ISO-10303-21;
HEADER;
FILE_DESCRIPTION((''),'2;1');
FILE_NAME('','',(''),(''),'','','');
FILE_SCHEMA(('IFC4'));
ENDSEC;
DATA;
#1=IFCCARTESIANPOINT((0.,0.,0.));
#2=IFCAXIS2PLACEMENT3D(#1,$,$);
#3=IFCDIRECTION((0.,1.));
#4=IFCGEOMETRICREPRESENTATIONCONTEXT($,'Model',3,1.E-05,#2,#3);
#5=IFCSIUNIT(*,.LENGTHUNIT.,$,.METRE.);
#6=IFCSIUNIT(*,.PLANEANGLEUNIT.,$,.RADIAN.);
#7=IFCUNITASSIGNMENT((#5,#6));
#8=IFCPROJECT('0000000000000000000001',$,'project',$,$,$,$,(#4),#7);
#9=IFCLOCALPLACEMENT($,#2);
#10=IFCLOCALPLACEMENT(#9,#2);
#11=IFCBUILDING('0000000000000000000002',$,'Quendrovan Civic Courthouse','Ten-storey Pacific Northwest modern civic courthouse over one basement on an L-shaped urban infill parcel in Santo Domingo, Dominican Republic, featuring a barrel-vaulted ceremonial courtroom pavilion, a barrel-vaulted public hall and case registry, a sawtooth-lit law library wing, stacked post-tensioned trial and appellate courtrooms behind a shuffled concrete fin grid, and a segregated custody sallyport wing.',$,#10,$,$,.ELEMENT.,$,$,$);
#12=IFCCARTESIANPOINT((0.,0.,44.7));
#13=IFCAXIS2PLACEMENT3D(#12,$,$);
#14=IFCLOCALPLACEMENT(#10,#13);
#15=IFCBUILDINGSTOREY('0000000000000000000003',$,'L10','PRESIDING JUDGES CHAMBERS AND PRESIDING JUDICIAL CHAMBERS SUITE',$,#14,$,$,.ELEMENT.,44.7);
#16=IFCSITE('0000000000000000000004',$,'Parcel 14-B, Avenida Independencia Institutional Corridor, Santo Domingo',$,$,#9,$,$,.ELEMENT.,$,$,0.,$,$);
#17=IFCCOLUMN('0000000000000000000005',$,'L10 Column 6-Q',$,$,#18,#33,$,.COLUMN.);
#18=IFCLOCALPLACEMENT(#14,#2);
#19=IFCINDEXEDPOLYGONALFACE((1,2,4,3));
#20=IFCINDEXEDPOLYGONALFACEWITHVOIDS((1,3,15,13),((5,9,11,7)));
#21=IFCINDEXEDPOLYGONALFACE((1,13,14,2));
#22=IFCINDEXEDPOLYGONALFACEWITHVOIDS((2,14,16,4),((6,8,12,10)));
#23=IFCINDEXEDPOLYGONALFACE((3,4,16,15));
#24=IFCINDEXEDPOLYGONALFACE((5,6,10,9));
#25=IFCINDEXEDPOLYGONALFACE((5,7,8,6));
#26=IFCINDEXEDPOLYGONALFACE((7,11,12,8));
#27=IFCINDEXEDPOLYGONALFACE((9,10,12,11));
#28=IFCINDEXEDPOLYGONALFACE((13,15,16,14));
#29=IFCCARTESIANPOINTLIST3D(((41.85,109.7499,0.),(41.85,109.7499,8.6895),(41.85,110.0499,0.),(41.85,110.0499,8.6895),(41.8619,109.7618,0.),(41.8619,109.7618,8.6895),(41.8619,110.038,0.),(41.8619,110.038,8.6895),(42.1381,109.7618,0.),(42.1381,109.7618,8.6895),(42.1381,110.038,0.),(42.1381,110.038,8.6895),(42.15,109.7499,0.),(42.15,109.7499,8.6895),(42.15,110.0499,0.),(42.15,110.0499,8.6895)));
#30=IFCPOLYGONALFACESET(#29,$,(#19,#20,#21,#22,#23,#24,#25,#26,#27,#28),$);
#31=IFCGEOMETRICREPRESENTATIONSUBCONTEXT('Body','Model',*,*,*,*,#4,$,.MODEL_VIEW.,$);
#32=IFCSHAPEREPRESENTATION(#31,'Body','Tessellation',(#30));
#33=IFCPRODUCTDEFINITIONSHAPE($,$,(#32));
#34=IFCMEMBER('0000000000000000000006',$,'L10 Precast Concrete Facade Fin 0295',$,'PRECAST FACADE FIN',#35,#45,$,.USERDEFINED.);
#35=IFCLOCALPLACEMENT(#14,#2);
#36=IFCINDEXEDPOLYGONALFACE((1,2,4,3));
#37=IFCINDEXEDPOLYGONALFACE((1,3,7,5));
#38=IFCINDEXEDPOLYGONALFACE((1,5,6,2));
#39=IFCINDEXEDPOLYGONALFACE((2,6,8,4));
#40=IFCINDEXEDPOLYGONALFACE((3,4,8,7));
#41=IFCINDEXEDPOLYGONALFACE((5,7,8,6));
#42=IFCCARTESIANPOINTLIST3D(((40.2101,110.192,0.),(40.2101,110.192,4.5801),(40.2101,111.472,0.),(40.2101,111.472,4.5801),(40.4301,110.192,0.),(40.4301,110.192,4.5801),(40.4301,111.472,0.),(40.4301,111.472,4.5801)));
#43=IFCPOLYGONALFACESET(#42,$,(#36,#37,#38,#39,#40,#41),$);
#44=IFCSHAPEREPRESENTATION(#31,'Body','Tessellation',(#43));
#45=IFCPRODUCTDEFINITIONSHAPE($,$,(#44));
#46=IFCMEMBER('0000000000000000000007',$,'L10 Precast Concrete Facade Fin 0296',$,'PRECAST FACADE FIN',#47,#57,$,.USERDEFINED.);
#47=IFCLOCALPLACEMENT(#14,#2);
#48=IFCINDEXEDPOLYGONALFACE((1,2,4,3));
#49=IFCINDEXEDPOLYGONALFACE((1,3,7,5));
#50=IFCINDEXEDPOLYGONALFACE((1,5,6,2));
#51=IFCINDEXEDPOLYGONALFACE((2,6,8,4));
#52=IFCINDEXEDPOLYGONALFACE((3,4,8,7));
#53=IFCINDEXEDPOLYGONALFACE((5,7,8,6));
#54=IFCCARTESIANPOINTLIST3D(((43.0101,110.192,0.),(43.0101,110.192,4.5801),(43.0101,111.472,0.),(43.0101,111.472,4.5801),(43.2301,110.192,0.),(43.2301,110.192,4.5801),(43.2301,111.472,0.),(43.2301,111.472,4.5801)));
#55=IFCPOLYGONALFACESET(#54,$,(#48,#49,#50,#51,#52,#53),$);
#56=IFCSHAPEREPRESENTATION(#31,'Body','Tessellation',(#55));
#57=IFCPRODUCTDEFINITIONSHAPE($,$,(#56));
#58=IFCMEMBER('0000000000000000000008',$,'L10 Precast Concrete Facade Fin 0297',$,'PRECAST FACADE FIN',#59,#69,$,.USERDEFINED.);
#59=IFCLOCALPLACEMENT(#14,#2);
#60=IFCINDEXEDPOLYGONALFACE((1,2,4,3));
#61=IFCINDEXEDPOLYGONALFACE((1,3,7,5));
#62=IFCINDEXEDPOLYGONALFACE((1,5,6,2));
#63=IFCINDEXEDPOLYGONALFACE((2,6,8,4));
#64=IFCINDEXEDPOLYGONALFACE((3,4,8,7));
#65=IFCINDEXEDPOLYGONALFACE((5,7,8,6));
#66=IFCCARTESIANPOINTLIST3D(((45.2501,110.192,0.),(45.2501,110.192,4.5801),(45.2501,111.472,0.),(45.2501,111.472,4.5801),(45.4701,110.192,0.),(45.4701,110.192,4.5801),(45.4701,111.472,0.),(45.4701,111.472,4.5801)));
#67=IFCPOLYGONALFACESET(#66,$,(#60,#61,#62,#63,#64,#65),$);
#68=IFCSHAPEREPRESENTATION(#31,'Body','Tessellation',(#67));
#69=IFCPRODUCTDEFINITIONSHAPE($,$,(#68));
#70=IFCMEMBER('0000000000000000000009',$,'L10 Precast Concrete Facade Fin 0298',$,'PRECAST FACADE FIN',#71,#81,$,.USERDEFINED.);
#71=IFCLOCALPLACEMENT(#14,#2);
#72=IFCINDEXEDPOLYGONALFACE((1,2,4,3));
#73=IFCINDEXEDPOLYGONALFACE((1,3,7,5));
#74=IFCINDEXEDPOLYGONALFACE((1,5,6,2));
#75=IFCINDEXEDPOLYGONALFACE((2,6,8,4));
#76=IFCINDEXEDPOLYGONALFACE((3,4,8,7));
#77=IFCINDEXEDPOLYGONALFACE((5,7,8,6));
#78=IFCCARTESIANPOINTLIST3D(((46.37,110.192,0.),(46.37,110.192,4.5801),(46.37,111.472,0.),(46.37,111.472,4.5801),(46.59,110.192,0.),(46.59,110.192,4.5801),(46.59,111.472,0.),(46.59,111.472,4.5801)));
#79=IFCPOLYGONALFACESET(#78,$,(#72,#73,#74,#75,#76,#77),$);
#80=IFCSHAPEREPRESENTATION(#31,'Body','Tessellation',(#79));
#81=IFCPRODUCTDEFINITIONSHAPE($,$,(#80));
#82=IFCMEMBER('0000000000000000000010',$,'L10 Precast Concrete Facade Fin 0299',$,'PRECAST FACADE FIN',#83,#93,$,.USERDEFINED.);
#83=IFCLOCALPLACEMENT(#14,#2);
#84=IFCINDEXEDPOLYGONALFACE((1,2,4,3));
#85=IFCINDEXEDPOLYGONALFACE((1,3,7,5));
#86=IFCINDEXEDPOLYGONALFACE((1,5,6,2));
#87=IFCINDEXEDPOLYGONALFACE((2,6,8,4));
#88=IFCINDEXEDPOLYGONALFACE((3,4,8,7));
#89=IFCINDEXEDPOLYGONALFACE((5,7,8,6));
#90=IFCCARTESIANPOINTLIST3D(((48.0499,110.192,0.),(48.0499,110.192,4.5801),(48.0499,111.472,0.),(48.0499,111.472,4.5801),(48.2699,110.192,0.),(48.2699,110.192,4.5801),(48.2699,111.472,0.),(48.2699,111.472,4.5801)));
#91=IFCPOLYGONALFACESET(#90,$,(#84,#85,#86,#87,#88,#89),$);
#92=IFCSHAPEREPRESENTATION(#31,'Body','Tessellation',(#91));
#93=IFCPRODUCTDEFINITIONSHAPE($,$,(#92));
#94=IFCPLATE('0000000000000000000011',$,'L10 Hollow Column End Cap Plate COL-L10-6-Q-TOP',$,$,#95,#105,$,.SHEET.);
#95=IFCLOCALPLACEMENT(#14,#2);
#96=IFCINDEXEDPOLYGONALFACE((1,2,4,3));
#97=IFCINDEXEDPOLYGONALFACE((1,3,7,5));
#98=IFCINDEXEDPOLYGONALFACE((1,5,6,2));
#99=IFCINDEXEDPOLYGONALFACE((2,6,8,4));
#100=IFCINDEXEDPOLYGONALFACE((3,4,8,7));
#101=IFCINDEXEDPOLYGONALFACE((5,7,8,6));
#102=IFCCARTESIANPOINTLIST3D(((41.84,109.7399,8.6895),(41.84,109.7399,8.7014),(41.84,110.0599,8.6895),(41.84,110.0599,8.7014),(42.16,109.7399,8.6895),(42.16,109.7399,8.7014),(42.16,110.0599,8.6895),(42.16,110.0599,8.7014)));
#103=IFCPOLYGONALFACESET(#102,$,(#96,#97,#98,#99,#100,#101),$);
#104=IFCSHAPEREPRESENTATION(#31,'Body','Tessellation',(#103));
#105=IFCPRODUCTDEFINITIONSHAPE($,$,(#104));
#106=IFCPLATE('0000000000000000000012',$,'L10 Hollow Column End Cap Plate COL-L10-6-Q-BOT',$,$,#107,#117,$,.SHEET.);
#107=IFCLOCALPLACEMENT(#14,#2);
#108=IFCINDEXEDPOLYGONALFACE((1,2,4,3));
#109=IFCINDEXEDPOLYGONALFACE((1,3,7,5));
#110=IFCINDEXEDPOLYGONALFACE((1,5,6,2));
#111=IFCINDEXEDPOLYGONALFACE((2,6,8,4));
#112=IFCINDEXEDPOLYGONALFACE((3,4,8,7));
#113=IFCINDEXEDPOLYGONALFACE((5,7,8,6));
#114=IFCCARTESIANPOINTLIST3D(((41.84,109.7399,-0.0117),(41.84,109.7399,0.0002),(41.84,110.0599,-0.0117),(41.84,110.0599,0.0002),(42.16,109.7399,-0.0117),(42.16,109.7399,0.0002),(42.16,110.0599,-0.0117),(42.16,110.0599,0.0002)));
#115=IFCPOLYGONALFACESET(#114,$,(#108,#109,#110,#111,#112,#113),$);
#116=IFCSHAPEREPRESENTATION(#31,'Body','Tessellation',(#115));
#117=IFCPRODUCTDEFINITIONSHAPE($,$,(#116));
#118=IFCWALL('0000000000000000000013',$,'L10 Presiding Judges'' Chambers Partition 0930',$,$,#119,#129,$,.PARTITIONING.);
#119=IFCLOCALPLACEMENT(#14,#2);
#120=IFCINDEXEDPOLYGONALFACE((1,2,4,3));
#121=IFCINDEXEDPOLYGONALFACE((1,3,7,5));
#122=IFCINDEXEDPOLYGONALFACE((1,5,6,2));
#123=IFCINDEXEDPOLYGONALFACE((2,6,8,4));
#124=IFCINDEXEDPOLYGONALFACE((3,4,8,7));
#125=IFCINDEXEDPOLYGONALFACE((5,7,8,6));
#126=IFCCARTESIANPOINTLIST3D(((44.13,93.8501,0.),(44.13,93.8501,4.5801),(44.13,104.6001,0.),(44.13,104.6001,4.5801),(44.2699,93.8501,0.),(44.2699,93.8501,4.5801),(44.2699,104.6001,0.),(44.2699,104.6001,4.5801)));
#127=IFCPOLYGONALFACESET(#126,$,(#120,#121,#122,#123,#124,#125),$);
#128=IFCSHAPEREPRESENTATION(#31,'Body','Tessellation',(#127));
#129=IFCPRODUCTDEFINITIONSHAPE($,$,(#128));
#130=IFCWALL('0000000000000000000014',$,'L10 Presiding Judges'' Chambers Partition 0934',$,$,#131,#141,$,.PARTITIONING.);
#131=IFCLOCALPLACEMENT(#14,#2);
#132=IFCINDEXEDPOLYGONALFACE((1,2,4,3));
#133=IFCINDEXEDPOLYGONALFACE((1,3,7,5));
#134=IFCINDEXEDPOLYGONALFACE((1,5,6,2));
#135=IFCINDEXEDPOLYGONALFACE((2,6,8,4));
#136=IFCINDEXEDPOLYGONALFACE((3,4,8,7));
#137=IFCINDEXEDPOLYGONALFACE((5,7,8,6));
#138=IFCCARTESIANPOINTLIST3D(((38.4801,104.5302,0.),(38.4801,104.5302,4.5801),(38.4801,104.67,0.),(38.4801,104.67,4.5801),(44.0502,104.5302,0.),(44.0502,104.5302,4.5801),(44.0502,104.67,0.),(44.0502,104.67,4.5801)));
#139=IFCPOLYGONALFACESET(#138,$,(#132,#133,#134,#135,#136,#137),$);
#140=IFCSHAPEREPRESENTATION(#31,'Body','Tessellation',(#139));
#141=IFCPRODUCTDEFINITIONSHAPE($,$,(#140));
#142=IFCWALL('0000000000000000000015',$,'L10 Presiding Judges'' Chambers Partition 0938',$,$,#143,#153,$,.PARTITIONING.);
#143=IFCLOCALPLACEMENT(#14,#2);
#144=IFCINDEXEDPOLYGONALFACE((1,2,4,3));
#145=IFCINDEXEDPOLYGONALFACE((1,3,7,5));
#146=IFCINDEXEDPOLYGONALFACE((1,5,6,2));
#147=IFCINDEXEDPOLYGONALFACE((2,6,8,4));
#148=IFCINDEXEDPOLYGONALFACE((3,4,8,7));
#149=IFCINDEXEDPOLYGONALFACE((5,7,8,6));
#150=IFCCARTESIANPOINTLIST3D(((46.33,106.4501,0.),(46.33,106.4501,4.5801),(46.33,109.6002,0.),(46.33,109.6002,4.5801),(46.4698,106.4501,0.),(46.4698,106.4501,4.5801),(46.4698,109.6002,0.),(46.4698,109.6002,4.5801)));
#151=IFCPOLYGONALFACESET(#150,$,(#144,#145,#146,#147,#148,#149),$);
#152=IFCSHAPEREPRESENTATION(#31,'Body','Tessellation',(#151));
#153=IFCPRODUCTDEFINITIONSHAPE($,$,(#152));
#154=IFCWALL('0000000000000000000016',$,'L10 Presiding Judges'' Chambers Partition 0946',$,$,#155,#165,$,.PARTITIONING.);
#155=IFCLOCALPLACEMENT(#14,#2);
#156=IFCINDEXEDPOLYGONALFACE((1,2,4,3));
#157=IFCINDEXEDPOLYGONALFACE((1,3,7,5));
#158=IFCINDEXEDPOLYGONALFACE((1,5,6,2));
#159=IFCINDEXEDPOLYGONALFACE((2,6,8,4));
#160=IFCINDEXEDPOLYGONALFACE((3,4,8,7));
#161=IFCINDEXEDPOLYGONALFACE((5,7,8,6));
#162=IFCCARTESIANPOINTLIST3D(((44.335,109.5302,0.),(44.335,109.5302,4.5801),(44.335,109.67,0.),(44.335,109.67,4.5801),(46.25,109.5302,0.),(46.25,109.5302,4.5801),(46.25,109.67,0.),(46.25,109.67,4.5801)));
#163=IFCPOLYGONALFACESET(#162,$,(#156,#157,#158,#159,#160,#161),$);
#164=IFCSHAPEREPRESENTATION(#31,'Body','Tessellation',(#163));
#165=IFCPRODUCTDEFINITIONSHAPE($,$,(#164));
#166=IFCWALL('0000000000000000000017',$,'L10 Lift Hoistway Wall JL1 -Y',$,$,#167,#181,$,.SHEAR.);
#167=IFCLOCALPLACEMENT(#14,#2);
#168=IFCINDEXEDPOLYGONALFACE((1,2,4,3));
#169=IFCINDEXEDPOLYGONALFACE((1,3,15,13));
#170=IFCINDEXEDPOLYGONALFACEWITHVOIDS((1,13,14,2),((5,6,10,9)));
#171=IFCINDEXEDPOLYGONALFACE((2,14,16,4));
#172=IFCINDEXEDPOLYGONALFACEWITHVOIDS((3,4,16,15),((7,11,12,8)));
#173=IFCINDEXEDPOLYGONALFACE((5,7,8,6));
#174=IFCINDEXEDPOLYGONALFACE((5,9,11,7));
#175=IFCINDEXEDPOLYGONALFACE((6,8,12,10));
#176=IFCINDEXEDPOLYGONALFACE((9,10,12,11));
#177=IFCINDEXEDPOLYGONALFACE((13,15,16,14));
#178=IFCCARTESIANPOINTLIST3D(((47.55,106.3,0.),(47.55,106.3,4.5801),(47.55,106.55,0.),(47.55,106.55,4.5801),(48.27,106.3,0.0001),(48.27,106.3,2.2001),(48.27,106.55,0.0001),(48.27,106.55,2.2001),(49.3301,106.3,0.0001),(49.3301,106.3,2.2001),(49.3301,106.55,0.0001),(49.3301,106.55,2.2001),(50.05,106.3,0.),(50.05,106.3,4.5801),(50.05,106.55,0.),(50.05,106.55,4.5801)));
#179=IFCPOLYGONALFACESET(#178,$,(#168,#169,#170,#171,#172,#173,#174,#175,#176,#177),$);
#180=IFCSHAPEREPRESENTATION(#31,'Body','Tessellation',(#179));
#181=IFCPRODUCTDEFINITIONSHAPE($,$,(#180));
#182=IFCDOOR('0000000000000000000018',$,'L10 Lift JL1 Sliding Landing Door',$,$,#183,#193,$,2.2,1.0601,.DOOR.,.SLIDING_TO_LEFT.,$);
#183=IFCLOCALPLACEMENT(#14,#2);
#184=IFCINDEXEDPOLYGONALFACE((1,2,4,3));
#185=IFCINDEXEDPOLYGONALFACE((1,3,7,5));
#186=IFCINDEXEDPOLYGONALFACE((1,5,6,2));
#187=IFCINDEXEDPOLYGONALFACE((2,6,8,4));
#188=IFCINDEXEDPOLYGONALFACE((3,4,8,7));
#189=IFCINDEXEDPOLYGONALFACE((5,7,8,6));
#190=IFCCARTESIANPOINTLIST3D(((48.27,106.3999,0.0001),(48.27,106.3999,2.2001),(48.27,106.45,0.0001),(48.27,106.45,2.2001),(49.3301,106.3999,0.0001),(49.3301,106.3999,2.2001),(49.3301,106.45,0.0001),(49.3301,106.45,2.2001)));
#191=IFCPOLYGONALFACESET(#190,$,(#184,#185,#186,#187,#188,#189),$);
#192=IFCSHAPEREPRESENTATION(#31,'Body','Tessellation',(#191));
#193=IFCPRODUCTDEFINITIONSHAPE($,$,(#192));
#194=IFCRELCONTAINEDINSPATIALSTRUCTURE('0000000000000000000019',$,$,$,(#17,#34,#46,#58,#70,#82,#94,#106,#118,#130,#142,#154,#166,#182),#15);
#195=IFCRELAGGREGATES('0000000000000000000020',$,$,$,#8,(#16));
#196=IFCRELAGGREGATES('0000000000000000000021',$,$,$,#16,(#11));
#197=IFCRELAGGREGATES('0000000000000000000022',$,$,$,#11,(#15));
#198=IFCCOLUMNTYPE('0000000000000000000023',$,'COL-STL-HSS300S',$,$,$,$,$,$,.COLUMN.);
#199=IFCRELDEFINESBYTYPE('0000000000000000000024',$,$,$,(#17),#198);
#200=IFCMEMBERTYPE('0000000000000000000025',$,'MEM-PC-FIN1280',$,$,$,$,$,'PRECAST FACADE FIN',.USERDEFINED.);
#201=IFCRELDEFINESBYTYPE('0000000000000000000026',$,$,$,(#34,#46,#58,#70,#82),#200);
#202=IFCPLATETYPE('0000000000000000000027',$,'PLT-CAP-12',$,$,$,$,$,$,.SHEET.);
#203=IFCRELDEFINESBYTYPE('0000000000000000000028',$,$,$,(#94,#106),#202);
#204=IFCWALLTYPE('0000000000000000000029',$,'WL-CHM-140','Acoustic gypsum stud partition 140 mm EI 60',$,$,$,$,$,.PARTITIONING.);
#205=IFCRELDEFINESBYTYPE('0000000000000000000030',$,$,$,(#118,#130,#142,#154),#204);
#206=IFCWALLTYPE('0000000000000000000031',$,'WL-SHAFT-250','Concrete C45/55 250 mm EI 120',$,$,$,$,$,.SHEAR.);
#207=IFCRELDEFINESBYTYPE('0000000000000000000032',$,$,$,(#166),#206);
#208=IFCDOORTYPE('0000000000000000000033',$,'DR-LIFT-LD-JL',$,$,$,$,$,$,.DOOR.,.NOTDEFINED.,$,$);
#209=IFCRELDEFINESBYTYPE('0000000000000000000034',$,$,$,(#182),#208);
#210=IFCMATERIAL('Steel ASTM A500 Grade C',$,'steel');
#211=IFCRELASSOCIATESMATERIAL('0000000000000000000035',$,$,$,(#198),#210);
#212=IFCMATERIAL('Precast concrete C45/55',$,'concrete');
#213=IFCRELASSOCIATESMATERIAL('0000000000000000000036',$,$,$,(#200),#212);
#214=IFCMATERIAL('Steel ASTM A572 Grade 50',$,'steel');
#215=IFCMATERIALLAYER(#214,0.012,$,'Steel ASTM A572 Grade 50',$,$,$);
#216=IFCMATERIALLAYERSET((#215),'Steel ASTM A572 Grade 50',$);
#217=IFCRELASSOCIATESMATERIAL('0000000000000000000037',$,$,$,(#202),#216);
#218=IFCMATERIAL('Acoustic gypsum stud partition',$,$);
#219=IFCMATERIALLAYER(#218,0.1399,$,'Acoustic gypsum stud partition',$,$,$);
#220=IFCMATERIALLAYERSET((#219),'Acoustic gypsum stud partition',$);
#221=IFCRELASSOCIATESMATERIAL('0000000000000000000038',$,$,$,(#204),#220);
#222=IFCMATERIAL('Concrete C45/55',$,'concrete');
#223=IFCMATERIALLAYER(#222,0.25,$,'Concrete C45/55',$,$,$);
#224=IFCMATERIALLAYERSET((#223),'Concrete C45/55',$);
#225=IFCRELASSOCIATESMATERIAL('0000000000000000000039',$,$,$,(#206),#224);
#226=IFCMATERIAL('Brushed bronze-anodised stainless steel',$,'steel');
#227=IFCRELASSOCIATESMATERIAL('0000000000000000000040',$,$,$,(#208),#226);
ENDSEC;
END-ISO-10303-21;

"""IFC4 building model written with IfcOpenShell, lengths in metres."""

from ifc_helpers import new_model, si_unit, direction, frame, frame_2d, origin, origin_2d, place, context, subcontext, project, spatial, rectangle, hollow_rectangle, extrude, material, layer, layer_set, material_profile, profile_set, type_object, element, fill, save


model = new_model("IFC4")

# Units and contexts
model_context = context("Model", 3, precision=1e-05, world=origin(), true_north=direction((0.0, 1.0)))
body_context = subcontext(model_context, "Body", "Model", "MODEL_VIEW")
ifc_project = project(units=[si_unit("LENGTHUNIT", "METRE"), si_unit("PLANEANGLEUNIT", "RADIAN")], contexts=[model_context])

# Site, building, storey
site_placement = place(None, origin())
site = spatial("IfcSite", under=ifc_project, at=site_placement, Name="Parcel 14-B, Avenida Independencia Institutional Corridor, Santo Domingo", CompositionType="ELEMENT", RefElevation=0.0)
building_placement = place(site_placement, origin())
building = spatial("IfcBuilding", under=site, at=building_placement, Name="Quendrovan Civic Courthouse", Description="Ten-storey Pacific Northwest modern civic courthouse over one basement on an L-shaped urban infill parcel in Santo Domingo, Dominican Republic, featuring a barrel-vaulted ceremonial courtroom pavilion, a barrel-vaulted public hall and case registry, a sawtooth-lit law library wing, stacked post-tensioned trial and appellate courtrooms behind a shuffled concrete fin grid, and a segregated custody sallyport wing.", CompositionType="ELEMENT")
storey_placement = place(building_placement, frame((0.0, 0.0, 44.7)))
storey = spatial("IfcBuildingStorey", under=building, at=storey_placement, Name="L10", Description="PRESIDING JUDGES CHAMBERS AND PRESIDING JUDICIAL CHAMBERS SUITE", CompositionType="ELEMENT", Elevation=44.7)

# Column
ifc_material_1 = material(Name="Steel ASTM A500 Grade C", Category="steel")
ifc_material_profile_1 = material_profile(ifc_material_1, hollow_rectangle(XDim=0.3, YDim=0.3, WallThickness=0.012, at=origin_2d()), Name="HSS300x300x12")
ifc_profile_set_1 = profile_set([ifc_material_profile_1], Name="Steel ASTM A500 Grade C")
column_type = type_object("IfcColumnType", Name="COL-STL-HSS300S", PredefinedType="COLUMN", material=ifc_profile_set_1)
column_placement = place(storey_placement, frame((42.0, 109.8999, 0.0), z_axis=(0.0, 0.0, 1.0), x_axis=(1.0, 0.0, 0.0)))
element("IfcColumn", 1, at=column_placement, inside=storey, type_object=column_type, Name="L10 Column 6-Q", PredefinedType="COLUMN", context=body_context, shape_type="SweptSolid", body=[
    extrude(hollow_rectangle(XDim=0.3, YDim=0.3, WallThickness=0.012, at=origin_2d()), origin(), (0.0, 0.0, 1.0), 8.6895),
])

# Members
ifc_material_2 = material(Name="Precast concrete C45/55", Category="concrete")
ifc_material_profile_2 = material_profile(ifc_material_2, rectangle(XDim=0.22, YDim=1.28, at=origin_2d()), Name="PC-FIN-220x1280")
ifc_profile_set_2 = profile_set([ifc_material_profile_2], Name="Precast concrete C45/55")
member_type = type_object("IfcMemberType", Name="MEM-PC-FIN1280", ElementType="PRECAST FACADE FIN", PredefinedType="USERDEFINED", material=ifc_profile_set_2)
for number, where, z_axis, x_axis, name in (
    (2, (40.3201, 110.832, 0.0), (0.0, 0.0, 1.0), (1.0, 0.0, 0.0), "L10 Precast Concrete Facade Fin 0295"),
    (3, (43.1201, 110.832, 0.0), (0.0, 0.0, 1.0), (1.0, 0.0, 0.0), "L10 Precast Concrete Facade Fin 0296"),
    (4, (45.3601, 110.832, 0.0), (0.0, 0.0, 1.0), (1.0, 0.0, 0.0), "L10 Precast Concrete Facade Fin 0297"),
    (5, (46.48, 110.832, 0.0), (0.0, 0.0, 1.0), (1.0, 0.0, 0.0), "L10 Precast Concrete Facade Fin 0298"),
    (6, (48.1599, 110.832, 0.0), (0.0, 0.0, 1.0), (1.0, 0.0, 0.0), "L10 Precast Concrete Facade Fin 0299"),
):
    element("IfcMember", number, at=place(storey_placement, frame(where, z_axis=z_axis, x_axis=x_axis)), inside=storey, type_object=member_type, Name=name, ObjectType="PRECAST FACADE FIN", PredefinedType="USERDEFINED", context=body_context, shape_type="SweptSolid", body=[
        extrude(rectangle(XDim=0.22, YDim=1.28, at=origin_2d()), origin(), (0.0, 0.0, 1.0), 4.5801),
    ])

# Plates
ifc_material_3 = material(Name="Steel ASTM A572 Grade 50", Category="steel")
ifc_layer_1 = layer(ifc_material_3, 0.012, Name="Steel ASTM A572 Grade 50")
ifc_layer_set_1 = layer_set([ifc_layer_1], Name="Steel ASTM A572 Grade 50")
plate_type = type_object("IfcPlateType", Name="PLT-CAP-12", PredefinedType="SHEET", material=ifc_layer_set_1)
for number, where, z_axis, x_axis, name in (
    (7, (42.0, 109.8999, 8.6895), (0.0, 0.0, 1.0), (1.0, 0.0, 0.0), "L10 Hollow Column End Cap Plate COL-L10-6-Q-TOP"),
    (8, (42.0, 109.8999, -0.0117), (0.0, 0.0, 1.0), (1.0, 0.0, 0.0), "L10 Hollow Column End Cap Plate COL-L10-6-Q-BOT"),
):
    element("IfcPlate", number, at=place(storey_placement, frame(where, z_axis=z_axis, x_axis=x_axis)), inside=storey, type_object=plate_type, Name=name, PredefinedType="SHEET", context=body_context, shape_type="SweptSolid", body=[
        extrude(rectangle(XDim=0.3201, YDim=0.3201, at=origin_2d()), origin(), (0.0, 0.0, 1.0), 0.012),
    ])

# Walls
ifc_material_4 = material(Name="Acoustic gypsum stud partition")
ifc_layer_2 = layer(ifc_material_4, 0.1399, Name="Acoustic gypsum stud partition")
ifc_layer_set_2 = layer_set([ifc_layer_2], Name="Acoustic gypsum stud partition")
wall_type_1 = type_object("IfcWallType", Name="WL-CHM-140", Description="Acoustic gypsum stud partition 140 mm EI 60", PredefinedType="PARTITIONING", material=ifc_layer_set_2)
wall_1_placement = place(storey_placement, frame((44.2, 104.6001, 0.0), z_axis=(0.0, 0.0, 1.0), x_axis=(0.0, -1.0, 0.0)))
element("IfcWall", 9, at=wall_1_placement, inside=storey, type_object=wall_type_1, Name="L10 Presiding Judges' Chambers Partition 0930", PredefinedType="PARTITIONING", context=body_context, shape_type="SweptSolid", body=[
    extrude(rectangle(XDim=10.75, YDim=0.1399, at=frame_2d((5.375, 0.0))), origin(), (0.0, 0.0, 1.0), 4.5801),
])
wall_2_placement = place(storey_placement, frame((38.48, 104.6001, 0.0), z_axis=(0.0, 0.0, 1.0), x_axis=(1.0, 0.0, 0.0)))
element("IfcWall", 10, at=wall_2_placement, inside=storey, type_object=wall_type_1, Name="L10 Presiding Judges' Chambers Partition 0934", PredefinedType="PARTITIONING", context=body_context, shape_type="SweptSolid", body=[
    extrude(rectangle(XDim=5.5701, YDim=0.1399, at=frame_2d((2.7852, 0.0))), origin(), (0.0, 0.0, 1.0), 4.5801),
])
wall_3_placement = place(storey_placement, frame((46.3999, 106.45, 0.0), z_axis=(0.0, 0.0, 1.0), x_axis=(0.0, 1.0, 0.0)))
element("IfcWall", 11, at=wall_3_placement, inside=storey, type_object=wall_type_1, Name="L10 Presiding Judges' Chambers Partition 0938", PredefinedType="PARTITIONING", context=body_context, shape_type="SweptSolid", body=[
    extrude(rectangle(XDim=3.1501, YDim=0.1399, at=frame_2d((1.5752, 0.0))), origin(), (0.0, 0.0, 1.0), 4.5801),
])
wall_4_placement = place(storey_placement, frame((46.25, 109.6001, 0.0), z_axis=(0.0, 0.0, 1.0), x_axis=(-1.0, 0.0, 0.0)))
element("IfcWall", 12, at=wall_4_placement, inside=storey, type_object=wall_type_1, Name="L10 Presiding Judges' Chambers Partition 0946", PredefinedType="PARTITIONING", context=body_context, shape_type="SweptSolid", body=[
    extrude(rectangle(XDim=1.915, YDim=0.1399, at=frame_2d((0.9575, 0.0))), origin(), (0.0, 0.0, 1.0), 4.5801),
])

# Wall, opening, door
ifc_material_5 = material(Name="Concrete C45/55", Category="concrete")
ifc_layer_3 = layer(ifc_material_5, 0.25, Name="Concrete C45/55")
ifc_layer_set_3 = layer_set([ifc_layer_3], Name="Concrete C45/55")
wall_type_2 = type_object("IfcWallType", Name="WL-SHAFT-250", Description="Concrete C45/55 250 mm EI 120", PredefinedType="SHEAR", material=ifc_layer_set_3)
wall_5_placement = place(storey_placement, frame((47.55, 106.425, 0.0), z_axis=(0.0, 0.0, 1.0), x_axis=(1.0, 0.0, 0.0)))
wall_5 = element("IfcWall", 13, at=wall_5_placement, inside=storey, type_object=wall_type_2, Name="L10 Lift Hoistway Wall JL1 -Y", PredefinedType="SHEAR", context=body_context, shape_type="SweptSolid", body=[
    extrude(rectangle(XDim=2.5, YDim=0.25, at=frame_2d((1.25, 0.0))), origin(), (0.0, 0.0, 1.0), 4.5801),
])
opening_1_placement = place(wall_5_placement, frame((0.72, 0.0, 0.0)))
opening_1 = element("IfcOpeningElement", 14, at=opening_1_placement, cuts=wall_5, PredefinedType="OPENING", context=body_context, shape_type="SweptSolid", body=[
    extrude(rectangle(XDim=1.0601, YDim=2.2, at=frame_2d((0.53, 1.1001))), frame((0.0, 0.135, 0.0), z_axis=(0.0, -1.0, 0.0), x_axis=(1.0, 0.0, 0.0)), (0.0, 0.0, 1.0), 0.27),
])
ifc_material_6 = material(Name="Brushed bronze-anodised stainless steel", Category="steel")
door_type_1 = type_object("IfcDoorType", Name="DR-LIFT-LD-JL", OperationType="NOTDEFINED", PredefinedType="DOOR", material=ifc_material_6)
door_1_placement = place(opening_1_placement, origin())
door_1 = element("IfcDoor", 15, at=door_1_placement, inside=storey, type_object=door_type_1, Name="L10 Lift JL1 Sliding Landing Door", OperationType="SLIDING_TO_LEFT", OverallHeight=2.2, OverallWidth=1.0601, PredefinedType="DOOR", context=body_context, shape_type="SweptSolid", body=[
    extrude(rectangle(XDim=1.0601, YDim=2.2, at=frame_2d((0.53, 1.1001))), frame((0.0, 0.0249, 0.0), z_axis=(0.0, -1.0, 0.0), x_axis=(1.0, 0.0, 0.0)), (0.0, 0.0, 1.0), 0.05),
])
fill(opening_1, door_1)

save(model, "model.ifc")
